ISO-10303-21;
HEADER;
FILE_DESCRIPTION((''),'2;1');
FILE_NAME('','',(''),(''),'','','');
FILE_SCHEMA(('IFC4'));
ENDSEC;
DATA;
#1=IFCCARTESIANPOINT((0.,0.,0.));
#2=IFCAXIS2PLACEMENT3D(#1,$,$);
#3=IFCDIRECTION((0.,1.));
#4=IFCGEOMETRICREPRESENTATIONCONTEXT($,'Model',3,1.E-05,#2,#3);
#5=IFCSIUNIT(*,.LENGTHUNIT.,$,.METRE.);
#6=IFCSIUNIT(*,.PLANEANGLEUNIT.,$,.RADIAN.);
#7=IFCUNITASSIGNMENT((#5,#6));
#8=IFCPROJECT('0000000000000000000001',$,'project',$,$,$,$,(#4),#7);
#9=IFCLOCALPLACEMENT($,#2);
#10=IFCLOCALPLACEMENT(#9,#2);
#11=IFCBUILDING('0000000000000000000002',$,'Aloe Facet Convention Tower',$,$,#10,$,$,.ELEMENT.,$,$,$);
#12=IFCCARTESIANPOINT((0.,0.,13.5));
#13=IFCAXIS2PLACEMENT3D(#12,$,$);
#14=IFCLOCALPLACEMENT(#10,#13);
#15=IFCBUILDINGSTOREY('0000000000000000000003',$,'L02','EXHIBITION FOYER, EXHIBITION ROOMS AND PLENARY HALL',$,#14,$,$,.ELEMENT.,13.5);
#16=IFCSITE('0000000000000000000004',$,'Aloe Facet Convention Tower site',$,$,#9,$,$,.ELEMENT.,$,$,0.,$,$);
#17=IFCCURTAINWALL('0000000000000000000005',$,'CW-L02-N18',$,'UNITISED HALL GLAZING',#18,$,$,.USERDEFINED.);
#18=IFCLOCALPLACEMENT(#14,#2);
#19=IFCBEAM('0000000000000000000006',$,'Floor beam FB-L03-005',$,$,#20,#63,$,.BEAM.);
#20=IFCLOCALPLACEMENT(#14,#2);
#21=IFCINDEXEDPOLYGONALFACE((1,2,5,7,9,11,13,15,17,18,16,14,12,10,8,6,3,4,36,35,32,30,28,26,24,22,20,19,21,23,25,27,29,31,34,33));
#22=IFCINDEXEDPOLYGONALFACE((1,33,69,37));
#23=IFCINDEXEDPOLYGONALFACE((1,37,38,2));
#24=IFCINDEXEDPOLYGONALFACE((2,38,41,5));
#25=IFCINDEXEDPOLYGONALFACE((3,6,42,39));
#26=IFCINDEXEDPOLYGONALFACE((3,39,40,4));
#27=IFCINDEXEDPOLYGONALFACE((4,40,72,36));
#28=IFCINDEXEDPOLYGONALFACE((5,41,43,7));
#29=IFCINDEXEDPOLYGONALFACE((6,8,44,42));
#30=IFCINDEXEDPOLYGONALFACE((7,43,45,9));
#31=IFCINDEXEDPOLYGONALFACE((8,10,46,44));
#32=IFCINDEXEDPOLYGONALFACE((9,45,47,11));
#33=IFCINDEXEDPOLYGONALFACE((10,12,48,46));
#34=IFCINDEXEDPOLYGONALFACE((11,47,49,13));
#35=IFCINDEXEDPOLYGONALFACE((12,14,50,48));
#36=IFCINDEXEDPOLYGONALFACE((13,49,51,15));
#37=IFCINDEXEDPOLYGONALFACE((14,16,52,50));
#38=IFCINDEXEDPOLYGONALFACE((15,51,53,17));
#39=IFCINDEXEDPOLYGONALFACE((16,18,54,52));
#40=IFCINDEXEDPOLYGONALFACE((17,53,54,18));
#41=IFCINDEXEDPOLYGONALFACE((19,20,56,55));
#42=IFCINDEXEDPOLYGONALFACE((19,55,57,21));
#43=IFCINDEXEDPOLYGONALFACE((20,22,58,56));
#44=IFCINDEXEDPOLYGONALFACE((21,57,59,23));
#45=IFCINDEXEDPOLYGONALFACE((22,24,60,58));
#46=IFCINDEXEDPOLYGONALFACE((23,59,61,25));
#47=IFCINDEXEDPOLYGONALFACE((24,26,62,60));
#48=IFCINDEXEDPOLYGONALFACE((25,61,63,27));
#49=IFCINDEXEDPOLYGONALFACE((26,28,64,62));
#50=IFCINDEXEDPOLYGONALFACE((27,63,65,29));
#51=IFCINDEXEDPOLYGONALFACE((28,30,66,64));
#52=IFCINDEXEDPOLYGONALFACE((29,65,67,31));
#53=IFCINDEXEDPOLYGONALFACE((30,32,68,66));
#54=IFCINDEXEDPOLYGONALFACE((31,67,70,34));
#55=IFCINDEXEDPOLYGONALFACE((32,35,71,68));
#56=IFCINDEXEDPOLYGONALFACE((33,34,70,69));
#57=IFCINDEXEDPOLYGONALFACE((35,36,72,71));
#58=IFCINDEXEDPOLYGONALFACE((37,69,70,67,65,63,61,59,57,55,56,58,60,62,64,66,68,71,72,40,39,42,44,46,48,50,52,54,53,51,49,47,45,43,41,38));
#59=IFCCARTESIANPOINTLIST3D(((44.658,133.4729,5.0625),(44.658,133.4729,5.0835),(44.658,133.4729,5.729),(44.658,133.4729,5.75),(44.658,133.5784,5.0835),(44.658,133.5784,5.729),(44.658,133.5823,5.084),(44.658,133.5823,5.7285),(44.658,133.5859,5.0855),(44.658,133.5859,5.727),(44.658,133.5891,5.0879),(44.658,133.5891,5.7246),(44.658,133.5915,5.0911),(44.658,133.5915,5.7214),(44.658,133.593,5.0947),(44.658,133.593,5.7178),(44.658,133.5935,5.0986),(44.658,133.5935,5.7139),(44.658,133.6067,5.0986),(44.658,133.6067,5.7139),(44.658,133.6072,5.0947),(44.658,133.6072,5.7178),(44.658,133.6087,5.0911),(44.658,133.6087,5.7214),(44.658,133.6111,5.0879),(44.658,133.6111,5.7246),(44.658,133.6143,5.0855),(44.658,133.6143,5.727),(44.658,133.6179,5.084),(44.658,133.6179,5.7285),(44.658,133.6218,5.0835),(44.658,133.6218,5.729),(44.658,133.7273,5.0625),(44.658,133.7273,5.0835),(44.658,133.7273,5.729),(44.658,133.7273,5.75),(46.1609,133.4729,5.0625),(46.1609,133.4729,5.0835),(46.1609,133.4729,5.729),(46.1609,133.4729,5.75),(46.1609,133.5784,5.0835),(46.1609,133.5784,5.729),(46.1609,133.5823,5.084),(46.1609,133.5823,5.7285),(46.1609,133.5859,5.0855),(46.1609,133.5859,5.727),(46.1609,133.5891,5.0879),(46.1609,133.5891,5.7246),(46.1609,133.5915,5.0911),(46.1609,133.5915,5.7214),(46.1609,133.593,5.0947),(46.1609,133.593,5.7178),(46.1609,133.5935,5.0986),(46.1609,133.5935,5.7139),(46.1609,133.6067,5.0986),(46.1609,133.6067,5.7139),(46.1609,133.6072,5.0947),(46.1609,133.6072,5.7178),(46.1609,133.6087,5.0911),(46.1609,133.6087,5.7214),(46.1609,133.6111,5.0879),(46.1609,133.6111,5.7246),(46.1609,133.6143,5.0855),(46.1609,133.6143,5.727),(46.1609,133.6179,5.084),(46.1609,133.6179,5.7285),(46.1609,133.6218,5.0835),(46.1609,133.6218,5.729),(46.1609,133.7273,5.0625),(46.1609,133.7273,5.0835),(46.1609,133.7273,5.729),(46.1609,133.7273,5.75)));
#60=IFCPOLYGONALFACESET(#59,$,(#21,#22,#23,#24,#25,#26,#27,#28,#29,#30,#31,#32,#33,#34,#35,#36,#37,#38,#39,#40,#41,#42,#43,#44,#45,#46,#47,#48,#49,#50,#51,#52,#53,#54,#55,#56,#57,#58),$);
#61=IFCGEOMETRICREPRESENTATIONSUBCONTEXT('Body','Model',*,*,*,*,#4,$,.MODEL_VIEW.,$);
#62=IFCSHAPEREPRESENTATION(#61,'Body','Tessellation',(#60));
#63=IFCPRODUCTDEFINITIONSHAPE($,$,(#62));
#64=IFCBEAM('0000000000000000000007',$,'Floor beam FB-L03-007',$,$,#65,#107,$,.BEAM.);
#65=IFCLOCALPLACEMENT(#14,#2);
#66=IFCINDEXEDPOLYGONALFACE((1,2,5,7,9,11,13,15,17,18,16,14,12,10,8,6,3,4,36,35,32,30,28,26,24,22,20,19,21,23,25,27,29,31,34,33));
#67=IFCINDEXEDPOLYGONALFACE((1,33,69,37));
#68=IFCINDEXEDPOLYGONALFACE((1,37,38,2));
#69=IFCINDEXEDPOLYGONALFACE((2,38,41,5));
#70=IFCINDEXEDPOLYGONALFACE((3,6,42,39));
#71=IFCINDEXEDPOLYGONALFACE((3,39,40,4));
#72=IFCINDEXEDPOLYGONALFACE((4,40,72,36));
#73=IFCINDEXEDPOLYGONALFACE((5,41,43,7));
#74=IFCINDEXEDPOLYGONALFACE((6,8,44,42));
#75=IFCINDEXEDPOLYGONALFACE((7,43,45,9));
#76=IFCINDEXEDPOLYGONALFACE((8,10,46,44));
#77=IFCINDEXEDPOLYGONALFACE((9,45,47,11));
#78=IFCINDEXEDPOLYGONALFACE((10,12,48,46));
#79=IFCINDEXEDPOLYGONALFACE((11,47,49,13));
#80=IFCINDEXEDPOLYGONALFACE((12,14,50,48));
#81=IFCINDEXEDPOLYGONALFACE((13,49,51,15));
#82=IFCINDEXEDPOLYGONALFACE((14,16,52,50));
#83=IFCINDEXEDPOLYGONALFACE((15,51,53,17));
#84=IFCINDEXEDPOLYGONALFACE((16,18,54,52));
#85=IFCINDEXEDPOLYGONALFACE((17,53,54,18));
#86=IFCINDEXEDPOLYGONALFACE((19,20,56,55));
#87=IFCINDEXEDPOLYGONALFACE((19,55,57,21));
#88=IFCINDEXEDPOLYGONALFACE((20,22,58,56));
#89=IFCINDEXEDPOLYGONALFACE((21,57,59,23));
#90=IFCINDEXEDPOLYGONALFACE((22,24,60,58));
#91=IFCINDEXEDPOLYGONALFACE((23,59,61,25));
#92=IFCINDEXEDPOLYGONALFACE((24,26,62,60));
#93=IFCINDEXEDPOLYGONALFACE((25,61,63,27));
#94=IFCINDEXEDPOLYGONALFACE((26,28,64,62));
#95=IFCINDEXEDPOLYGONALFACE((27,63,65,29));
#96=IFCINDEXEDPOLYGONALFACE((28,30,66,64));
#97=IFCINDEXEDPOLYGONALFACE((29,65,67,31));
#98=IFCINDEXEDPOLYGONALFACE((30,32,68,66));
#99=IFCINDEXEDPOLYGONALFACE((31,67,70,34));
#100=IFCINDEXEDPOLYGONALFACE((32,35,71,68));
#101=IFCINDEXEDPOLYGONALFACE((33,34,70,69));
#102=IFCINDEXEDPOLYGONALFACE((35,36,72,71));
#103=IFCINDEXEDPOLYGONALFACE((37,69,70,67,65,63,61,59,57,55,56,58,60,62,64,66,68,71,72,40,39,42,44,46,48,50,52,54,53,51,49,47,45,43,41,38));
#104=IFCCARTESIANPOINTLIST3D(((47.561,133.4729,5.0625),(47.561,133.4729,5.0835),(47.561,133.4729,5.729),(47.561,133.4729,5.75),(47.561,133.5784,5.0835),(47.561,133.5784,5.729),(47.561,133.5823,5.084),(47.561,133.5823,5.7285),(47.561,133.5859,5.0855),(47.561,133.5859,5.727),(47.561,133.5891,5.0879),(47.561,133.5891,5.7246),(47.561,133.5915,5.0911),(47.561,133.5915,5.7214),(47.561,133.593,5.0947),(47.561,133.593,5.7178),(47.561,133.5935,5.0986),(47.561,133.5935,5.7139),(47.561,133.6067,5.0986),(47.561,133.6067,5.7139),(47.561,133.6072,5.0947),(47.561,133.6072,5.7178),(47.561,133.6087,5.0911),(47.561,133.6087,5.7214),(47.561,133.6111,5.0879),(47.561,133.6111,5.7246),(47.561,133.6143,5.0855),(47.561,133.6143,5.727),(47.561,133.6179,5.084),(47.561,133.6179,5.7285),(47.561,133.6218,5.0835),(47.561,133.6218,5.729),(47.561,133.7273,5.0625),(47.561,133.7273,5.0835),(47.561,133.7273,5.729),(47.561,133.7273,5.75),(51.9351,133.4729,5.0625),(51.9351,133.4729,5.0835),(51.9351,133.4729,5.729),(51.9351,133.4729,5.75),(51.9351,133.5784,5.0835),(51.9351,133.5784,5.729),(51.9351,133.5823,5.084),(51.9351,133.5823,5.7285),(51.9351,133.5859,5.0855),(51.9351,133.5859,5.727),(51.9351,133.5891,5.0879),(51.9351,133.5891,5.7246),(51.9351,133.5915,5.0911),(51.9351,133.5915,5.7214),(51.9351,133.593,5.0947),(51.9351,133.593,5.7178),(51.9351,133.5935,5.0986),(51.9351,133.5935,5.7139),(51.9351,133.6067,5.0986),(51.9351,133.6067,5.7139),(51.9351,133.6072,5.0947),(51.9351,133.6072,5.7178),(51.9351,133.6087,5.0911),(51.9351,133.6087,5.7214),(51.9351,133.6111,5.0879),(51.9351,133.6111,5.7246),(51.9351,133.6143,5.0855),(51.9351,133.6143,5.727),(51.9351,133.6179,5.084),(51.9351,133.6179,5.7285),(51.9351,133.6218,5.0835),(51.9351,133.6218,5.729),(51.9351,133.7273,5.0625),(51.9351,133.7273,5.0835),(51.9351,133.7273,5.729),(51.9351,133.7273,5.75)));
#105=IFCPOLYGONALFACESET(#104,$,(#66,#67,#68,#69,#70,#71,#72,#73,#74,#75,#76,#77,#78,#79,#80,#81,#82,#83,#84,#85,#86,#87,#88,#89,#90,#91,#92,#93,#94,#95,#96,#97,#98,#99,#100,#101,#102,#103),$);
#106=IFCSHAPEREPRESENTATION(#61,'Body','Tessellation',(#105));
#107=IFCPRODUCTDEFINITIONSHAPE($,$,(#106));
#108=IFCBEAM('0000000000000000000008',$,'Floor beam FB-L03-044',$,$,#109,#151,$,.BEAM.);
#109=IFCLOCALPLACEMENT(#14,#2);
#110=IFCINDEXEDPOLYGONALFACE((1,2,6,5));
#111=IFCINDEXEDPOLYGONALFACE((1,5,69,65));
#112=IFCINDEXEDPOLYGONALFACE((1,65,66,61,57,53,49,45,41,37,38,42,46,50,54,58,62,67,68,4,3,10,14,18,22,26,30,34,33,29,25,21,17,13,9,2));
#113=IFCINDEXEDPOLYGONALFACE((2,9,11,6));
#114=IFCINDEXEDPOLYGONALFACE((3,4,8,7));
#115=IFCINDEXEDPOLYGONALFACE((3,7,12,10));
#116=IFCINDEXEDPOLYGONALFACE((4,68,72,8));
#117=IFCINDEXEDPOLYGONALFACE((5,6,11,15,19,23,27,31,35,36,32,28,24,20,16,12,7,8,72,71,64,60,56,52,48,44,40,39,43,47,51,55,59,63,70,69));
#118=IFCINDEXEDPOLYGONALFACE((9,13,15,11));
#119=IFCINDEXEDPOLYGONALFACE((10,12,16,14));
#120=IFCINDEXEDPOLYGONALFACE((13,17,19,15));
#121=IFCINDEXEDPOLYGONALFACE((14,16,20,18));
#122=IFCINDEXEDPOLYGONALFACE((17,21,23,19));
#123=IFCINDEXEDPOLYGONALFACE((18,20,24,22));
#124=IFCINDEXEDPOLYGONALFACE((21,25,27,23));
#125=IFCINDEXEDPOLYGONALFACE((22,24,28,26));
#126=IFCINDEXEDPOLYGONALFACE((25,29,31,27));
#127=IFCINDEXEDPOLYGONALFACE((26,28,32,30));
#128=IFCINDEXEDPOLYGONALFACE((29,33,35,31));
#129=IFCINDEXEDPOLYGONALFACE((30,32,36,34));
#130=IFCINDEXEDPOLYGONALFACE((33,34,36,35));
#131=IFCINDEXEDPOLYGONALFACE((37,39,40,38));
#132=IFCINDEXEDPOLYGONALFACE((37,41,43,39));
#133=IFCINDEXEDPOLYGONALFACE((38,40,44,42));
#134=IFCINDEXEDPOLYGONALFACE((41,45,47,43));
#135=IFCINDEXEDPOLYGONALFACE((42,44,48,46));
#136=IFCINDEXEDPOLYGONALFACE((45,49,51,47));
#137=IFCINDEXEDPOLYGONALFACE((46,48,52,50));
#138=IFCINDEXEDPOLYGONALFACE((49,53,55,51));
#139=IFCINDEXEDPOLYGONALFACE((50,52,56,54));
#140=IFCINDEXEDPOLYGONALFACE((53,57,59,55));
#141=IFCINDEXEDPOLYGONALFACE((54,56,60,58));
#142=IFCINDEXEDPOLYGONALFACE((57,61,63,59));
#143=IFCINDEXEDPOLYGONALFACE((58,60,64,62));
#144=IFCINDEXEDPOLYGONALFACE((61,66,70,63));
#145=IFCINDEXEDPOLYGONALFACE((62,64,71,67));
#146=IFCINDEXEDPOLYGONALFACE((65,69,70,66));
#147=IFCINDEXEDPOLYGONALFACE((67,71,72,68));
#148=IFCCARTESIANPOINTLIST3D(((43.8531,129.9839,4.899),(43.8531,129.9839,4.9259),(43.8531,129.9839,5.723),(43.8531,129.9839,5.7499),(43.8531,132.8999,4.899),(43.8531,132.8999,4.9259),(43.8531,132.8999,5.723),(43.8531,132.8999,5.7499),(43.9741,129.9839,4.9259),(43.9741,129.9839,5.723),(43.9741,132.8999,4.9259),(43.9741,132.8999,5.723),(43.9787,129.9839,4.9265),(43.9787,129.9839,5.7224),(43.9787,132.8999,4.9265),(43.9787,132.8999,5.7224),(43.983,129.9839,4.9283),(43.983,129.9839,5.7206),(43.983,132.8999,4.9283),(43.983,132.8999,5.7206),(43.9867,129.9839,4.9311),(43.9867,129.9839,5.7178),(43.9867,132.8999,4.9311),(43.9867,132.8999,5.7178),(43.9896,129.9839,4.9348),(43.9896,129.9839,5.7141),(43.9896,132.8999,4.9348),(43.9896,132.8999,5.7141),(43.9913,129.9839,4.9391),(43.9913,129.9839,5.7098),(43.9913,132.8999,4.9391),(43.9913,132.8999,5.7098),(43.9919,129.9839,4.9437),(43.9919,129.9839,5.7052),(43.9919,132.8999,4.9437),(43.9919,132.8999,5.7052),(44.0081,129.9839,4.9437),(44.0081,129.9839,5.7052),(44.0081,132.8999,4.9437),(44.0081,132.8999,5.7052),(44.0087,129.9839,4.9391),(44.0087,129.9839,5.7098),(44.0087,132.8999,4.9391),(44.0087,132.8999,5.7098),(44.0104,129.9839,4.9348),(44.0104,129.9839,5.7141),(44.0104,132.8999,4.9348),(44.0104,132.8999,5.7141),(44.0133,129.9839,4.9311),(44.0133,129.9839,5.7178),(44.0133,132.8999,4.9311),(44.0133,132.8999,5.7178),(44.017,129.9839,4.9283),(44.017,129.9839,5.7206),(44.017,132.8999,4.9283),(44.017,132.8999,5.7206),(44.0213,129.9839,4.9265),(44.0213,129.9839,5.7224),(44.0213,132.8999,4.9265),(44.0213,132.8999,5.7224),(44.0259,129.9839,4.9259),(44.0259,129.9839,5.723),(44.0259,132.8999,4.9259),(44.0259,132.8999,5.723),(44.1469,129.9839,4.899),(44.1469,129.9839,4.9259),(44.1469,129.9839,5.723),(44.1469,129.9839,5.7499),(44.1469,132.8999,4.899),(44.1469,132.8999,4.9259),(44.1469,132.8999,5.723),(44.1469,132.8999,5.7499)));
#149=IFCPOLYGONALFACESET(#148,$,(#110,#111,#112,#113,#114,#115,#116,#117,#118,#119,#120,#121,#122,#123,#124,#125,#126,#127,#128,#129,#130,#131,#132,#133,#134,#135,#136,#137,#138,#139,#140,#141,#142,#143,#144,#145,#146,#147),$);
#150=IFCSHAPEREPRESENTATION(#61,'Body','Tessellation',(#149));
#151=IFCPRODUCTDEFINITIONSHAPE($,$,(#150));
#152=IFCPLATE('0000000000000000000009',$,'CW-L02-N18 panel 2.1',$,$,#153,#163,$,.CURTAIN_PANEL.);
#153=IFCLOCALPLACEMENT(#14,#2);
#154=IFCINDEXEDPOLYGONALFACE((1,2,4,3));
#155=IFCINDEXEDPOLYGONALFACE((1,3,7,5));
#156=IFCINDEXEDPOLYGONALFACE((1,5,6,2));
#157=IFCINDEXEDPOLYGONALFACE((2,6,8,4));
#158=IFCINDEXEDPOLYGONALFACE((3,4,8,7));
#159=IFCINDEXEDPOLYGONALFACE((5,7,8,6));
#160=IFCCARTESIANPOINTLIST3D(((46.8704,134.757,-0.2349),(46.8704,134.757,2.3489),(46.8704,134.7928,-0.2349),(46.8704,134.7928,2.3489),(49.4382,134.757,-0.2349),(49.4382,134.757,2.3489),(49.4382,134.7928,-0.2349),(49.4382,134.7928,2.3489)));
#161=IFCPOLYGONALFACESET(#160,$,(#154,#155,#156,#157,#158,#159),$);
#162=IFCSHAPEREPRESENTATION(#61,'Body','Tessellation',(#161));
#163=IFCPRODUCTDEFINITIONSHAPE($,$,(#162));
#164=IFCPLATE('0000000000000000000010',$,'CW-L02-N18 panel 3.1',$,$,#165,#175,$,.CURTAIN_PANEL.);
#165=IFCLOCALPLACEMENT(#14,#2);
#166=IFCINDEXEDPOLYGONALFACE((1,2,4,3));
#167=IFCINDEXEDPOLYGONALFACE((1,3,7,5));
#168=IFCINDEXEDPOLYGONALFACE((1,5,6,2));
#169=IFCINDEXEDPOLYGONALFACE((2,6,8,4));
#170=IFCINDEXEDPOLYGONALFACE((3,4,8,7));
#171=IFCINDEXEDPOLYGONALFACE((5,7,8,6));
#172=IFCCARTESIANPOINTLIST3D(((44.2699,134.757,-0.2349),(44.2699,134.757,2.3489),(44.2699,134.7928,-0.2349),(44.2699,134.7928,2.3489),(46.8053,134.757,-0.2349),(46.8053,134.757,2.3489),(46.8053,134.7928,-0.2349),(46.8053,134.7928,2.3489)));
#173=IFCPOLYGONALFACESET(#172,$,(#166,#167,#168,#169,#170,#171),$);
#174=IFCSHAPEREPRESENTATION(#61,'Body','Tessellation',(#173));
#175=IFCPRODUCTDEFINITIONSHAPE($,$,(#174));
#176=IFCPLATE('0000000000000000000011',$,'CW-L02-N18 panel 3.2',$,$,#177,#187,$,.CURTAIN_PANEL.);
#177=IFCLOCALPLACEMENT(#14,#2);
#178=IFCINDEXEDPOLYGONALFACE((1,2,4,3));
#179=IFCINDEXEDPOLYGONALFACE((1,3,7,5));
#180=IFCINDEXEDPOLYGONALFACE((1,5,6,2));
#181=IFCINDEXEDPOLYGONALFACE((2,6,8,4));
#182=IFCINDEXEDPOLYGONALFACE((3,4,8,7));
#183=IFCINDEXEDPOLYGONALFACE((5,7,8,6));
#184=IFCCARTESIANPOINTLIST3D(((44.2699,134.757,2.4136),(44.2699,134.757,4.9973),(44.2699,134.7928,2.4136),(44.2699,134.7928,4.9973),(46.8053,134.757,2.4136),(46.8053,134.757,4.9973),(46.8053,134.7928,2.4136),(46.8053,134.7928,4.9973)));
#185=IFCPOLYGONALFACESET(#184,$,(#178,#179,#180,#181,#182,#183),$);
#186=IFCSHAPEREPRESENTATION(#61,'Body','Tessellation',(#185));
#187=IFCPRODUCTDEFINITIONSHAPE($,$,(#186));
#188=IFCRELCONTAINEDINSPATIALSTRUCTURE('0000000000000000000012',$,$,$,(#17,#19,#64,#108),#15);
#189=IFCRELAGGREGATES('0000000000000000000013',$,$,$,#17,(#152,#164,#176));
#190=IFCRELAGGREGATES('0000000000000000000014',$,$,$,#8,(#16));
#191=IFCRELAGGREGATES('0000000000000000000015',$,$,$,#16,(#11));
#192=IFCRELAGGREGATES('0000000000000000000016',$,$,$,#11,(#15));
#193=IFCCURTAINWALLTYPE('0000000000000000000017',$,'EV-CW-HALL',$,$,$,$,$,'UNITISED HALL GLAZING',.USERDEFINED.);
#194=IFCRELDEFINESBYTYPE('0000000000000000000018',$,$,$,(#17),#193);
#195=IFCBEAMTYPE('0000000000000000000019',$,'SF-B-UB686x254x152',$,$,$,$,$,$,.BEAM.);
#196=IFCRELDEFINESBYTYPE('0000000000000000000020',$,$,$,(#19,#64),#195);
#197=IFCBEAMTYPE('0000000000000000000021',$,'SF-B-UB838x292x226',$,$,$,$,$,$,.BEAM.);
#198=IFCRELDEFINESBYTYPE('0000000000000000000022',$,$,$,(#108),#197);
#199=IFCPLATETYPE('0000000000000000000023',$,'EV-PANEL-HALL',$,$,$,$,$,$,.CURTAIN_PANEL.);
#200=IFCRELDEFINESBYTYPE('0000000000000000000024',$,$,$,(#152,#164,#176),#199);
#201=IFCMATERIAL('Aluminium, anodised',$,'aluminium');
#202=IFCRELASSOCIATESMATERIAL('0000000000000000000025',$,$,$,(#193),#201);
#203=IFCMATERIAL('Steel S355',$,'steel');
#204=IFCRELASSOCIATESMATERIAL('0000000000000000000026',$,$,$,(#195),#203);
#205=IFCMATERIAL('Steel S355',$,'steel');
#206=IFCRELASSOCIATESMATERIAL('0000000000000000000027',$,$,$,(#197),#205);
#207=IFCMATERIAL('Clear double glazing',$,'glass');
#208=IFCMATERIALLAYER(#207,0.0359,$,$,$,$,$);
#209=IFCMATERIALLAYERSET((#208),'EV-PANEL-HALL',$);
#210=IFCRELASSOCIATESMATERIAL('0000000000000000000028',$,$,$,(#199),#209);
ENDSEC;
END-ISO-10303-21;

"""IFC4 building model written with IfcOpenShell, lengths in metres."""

from ifc_helpers import new_model, si_unit, direction, frame, origin, origin_2d, place, context, subcontext, project, spatial, rectangle, i_section, extrude, material, layer, layer_set, material_profile, profile_set, type_object, element, aggregate, save


model = new_model("IFC4")

# Units and contexts
model_context = context("Model", 3, precision=1e-05, world=origin(), true_north=direction((0.0, 1.0)))
body_context = subcontext(model_context, "Body", "Model", "MODEL_VIEW")
ifc_project = project(units=[si_unit("LENGTHUNIT", "METRE"), si_unit("PLANEANGLEUNIT", "RADIAN")], contexts=[model_context])

# Site, building, storey
site_placement = place(None, origin())
site = spatial("IfcSite", under=ifc_project, at=site_placement, Name="Aloe Facet Convention Tower site", CompositionType="ELEMENT", RefElevation=0.0)
building_placement = place(site_placement, origin())
building = spatial("IfcBuilding", under=site, at=building_placement, Name="Aloe Facet Convention Tower", CompositionType="ELEMENT")
storey_placement = place(building_placement, frame((0.0, 0.0, 13.5)))
storey = spatial("IfcBuildingStorey", under=building, at=storey_placement, Name="L02", Description="EXHIBITION FOYER, EXHIBITION ROOMS AND PLENARY HALL", CompositionType="ELEMENT", Elevation=13.5)

# Curtain wall
ifc_material_1 = material(Name="Aluminium, anodised", Category="aluminium")
curtain_wall_type = type_object("IfcCurtainWallType", Name="EV-CW-HALL", ElementType="UNITISED HALL GLAZING", PredefinedType="USERDEFINED", material=ifc_material_1)
curtain_wall_1_placement = place(storey_placement, origin())
curtain_wall_1 = element("IfcCurtainWall", 1, at=curtain_wall_1_placement, inside=storey, type_object=curtain_wall_type, Name="CW-L02-N18", ObjectType="UNITISED HALL GLAZING", PredefinedType="USERDEFINED")

# Beams
ifc_material_2 = material(Name="Steel S355", Category="steel")
ifc_material_profile_1 = material_profile(ifc_material_2, i_section(OverallWidth=0.2544, OverallDepth=0.6875, WebThickness=0.0132, FlangeThickness=0.021, FilletRadius=0.0151, at=origin_2d()), Name="UB 686x254x152")
ifc_profile_set_1 = profile_set([ifc_material_profile_1], Name="Steel S355")
beam_type_1 = type_object("IfcBeamType", Name="SF-B-UB686x254x152", PredefinedType="BEAM", material=ifc_profile_set_1)
beam_1_placement = place(storey_placement, frame((44.658, 133.6001, 5.4062), z_axis=(1.0, 0.0, 0.0), x_axis=(0.0, 1.0, 0.0)))
element("IfcBeam", 2, at=beam_1_placement, inside=storey, type_object=beam_type_1, Name="Floor beam FB-L03-005", PredefinedType="BEAM", context=body_context, shape_type="SweptSolid", body=[
    extrude(i_section(OverallWidth=0.2544, OverallDepth=0.6875, WebThickness=0.0132, FlangeThickness=0.021, FilletRadius=0.0151, at=origin_2d()), origin(), (0.0, 0.0, 1.0), 1.5029),
])
beam_2_placement = place(storey_placement, frame((47.561, 133.6001, 5.4062), z_axis=(1.0, 0.0, 0.0), x_axis=(0.0, 1.0, 0.0)))
element("IfcBeam", 3, at=beam_2_placement, inside=storey, type_object=beam_type_1, Name="Floor beam FB-L03-007", PredefinedType="BEAM", context=body_context, shape_type="SweptSolid", body=[
    extrude(i_section(OverallWidth=0.2544, OverallDepth=0.6875, WebThickness=0.0132, FlangeThickness=0.021, FilletRadius=0.0151, at=origin_2d()), origin(), (0.0, 0.0, 1.0), 4.374),
])
ifc_material_3 = material(Name="Steel S355", Category="steel")
ifc_material_profile_2 = material_profile(ifc_material_3, i_section(OverallWidth=0.2937, OverallDepth=0.8508, WebThickness=0.0161, FlangeThickness=0.0269, FilletRadius=0.0178, at=origin_2d()), Name="UB 838x292x226")
ifc_profile_set_2 = profile_set([ifc_material_profile_2], Name="Steel S355")
beam_type_2 = type_object("IfcBeamType", Name="SF-B-UB838x292x226", PredefinedType="BEAM", material=ifc_profile_set_2)
beam_3_placement = place(storey_placement, frame((44.0, 129.9839, 5.3245), z_axis=(0.0, 1.0, 0.0), x_axis=(-1.0, 0.0, 0.0)))
element("IfcBeam", 4, at=beam_3_placement, inside=storey, type_object=beam_type_2, Name="Floor beam FB-L03-044", PredefinedType="BEAM", context=body_context, shape_type="SweptSolid", body=[
    extrude(i_section(OverallWidth=0.2937, OverallDepth=0.8508, WebThickness=0.0161, FlangeThickness=0.0269, FilletRadius=0.0178, at=origin_2d()), origin(), (0.0, 0.0, 1.0), 2.916),
])

# Plates
ifc_material_4 = material(Name="Clear double glazing", Category="glass")
ifc_layer_1 = layer(ifc_material_4, 0.0359)
ifc_layer_set_1 = layer_set([ifc_layer_1], Name="EV-PANEL-HALL")
plate_type = type_object("IfcPlateType", Name="EV-PANEL-HALL", PredefinedType="CURTAIN_PANEL", material=ifc_layer_set_1)
plate_1_placement = place(storey_placement, frame((48.1543, 134.7749, -0.2349), z_axis=(0.0, 0.0, 1.0), x_axis=(-1.0, 0.0, 0.0)))
plate_1 = element("IfcPlate", 5, at=plate_1_placement, type_object=plate_type, Name="CW-L02-N18 panel 2.1", PredefinedType="CURTAIN_PANEL", context=body_context, shape_type="SweptSolid", body=[
    extrude(rectangle(XDim=2.5679, YDim=0.0359, at=origin_2d()), origin(), (0.0, 0.0, 1.0), 2.5837),
])
plate_2_placement = place(storey_placement, frame((45.5376, 134.7749, -0.2349), z_axis=(0.0, 0.0, 1.0), x_axis=(-1.0, 0.0, 0.0)))
plate_2 = element("IfcPlate", 6, at=plate_2_placement, type_object=plate_type, Name="CW-L02-N18 panel 3.1", PredefinedType="CURTAIN_PANEL", context=body_context, shape_type="SweptSolid", body=[
    extrude(rectangle(XDim=2.5354, YDim=0.0359, at=origin_2d()), origin(), (0.0, 0.0, 1.0), 2.5837),
])
plate_3_placement = place(storey_placement, frame((45.5376, 134.7749, 2.4136), z_axis=(0.0, 0.0, 1.0), x_axis=(-1.0, 0.0, 0.0)))
plate_3 = element("IfcPlate", 7, at=plate_3_placement, type_object=plate_type, Name="CW-L02-N18 panel 3.2", PredefinedType="CURTAIN_PANEL", context=body_context, shape_type="SweptSolid", body=[
    extrude(rectangle(XDim=2.5354, YDim=0.0359, at=origin_2d()), origin(), (0.0, 0.0, 1.0), 2.5837),
])
aggregate(curtain_wall_1, [plate_1, plate_2, plate_3])

save(model, "model.ifc")
